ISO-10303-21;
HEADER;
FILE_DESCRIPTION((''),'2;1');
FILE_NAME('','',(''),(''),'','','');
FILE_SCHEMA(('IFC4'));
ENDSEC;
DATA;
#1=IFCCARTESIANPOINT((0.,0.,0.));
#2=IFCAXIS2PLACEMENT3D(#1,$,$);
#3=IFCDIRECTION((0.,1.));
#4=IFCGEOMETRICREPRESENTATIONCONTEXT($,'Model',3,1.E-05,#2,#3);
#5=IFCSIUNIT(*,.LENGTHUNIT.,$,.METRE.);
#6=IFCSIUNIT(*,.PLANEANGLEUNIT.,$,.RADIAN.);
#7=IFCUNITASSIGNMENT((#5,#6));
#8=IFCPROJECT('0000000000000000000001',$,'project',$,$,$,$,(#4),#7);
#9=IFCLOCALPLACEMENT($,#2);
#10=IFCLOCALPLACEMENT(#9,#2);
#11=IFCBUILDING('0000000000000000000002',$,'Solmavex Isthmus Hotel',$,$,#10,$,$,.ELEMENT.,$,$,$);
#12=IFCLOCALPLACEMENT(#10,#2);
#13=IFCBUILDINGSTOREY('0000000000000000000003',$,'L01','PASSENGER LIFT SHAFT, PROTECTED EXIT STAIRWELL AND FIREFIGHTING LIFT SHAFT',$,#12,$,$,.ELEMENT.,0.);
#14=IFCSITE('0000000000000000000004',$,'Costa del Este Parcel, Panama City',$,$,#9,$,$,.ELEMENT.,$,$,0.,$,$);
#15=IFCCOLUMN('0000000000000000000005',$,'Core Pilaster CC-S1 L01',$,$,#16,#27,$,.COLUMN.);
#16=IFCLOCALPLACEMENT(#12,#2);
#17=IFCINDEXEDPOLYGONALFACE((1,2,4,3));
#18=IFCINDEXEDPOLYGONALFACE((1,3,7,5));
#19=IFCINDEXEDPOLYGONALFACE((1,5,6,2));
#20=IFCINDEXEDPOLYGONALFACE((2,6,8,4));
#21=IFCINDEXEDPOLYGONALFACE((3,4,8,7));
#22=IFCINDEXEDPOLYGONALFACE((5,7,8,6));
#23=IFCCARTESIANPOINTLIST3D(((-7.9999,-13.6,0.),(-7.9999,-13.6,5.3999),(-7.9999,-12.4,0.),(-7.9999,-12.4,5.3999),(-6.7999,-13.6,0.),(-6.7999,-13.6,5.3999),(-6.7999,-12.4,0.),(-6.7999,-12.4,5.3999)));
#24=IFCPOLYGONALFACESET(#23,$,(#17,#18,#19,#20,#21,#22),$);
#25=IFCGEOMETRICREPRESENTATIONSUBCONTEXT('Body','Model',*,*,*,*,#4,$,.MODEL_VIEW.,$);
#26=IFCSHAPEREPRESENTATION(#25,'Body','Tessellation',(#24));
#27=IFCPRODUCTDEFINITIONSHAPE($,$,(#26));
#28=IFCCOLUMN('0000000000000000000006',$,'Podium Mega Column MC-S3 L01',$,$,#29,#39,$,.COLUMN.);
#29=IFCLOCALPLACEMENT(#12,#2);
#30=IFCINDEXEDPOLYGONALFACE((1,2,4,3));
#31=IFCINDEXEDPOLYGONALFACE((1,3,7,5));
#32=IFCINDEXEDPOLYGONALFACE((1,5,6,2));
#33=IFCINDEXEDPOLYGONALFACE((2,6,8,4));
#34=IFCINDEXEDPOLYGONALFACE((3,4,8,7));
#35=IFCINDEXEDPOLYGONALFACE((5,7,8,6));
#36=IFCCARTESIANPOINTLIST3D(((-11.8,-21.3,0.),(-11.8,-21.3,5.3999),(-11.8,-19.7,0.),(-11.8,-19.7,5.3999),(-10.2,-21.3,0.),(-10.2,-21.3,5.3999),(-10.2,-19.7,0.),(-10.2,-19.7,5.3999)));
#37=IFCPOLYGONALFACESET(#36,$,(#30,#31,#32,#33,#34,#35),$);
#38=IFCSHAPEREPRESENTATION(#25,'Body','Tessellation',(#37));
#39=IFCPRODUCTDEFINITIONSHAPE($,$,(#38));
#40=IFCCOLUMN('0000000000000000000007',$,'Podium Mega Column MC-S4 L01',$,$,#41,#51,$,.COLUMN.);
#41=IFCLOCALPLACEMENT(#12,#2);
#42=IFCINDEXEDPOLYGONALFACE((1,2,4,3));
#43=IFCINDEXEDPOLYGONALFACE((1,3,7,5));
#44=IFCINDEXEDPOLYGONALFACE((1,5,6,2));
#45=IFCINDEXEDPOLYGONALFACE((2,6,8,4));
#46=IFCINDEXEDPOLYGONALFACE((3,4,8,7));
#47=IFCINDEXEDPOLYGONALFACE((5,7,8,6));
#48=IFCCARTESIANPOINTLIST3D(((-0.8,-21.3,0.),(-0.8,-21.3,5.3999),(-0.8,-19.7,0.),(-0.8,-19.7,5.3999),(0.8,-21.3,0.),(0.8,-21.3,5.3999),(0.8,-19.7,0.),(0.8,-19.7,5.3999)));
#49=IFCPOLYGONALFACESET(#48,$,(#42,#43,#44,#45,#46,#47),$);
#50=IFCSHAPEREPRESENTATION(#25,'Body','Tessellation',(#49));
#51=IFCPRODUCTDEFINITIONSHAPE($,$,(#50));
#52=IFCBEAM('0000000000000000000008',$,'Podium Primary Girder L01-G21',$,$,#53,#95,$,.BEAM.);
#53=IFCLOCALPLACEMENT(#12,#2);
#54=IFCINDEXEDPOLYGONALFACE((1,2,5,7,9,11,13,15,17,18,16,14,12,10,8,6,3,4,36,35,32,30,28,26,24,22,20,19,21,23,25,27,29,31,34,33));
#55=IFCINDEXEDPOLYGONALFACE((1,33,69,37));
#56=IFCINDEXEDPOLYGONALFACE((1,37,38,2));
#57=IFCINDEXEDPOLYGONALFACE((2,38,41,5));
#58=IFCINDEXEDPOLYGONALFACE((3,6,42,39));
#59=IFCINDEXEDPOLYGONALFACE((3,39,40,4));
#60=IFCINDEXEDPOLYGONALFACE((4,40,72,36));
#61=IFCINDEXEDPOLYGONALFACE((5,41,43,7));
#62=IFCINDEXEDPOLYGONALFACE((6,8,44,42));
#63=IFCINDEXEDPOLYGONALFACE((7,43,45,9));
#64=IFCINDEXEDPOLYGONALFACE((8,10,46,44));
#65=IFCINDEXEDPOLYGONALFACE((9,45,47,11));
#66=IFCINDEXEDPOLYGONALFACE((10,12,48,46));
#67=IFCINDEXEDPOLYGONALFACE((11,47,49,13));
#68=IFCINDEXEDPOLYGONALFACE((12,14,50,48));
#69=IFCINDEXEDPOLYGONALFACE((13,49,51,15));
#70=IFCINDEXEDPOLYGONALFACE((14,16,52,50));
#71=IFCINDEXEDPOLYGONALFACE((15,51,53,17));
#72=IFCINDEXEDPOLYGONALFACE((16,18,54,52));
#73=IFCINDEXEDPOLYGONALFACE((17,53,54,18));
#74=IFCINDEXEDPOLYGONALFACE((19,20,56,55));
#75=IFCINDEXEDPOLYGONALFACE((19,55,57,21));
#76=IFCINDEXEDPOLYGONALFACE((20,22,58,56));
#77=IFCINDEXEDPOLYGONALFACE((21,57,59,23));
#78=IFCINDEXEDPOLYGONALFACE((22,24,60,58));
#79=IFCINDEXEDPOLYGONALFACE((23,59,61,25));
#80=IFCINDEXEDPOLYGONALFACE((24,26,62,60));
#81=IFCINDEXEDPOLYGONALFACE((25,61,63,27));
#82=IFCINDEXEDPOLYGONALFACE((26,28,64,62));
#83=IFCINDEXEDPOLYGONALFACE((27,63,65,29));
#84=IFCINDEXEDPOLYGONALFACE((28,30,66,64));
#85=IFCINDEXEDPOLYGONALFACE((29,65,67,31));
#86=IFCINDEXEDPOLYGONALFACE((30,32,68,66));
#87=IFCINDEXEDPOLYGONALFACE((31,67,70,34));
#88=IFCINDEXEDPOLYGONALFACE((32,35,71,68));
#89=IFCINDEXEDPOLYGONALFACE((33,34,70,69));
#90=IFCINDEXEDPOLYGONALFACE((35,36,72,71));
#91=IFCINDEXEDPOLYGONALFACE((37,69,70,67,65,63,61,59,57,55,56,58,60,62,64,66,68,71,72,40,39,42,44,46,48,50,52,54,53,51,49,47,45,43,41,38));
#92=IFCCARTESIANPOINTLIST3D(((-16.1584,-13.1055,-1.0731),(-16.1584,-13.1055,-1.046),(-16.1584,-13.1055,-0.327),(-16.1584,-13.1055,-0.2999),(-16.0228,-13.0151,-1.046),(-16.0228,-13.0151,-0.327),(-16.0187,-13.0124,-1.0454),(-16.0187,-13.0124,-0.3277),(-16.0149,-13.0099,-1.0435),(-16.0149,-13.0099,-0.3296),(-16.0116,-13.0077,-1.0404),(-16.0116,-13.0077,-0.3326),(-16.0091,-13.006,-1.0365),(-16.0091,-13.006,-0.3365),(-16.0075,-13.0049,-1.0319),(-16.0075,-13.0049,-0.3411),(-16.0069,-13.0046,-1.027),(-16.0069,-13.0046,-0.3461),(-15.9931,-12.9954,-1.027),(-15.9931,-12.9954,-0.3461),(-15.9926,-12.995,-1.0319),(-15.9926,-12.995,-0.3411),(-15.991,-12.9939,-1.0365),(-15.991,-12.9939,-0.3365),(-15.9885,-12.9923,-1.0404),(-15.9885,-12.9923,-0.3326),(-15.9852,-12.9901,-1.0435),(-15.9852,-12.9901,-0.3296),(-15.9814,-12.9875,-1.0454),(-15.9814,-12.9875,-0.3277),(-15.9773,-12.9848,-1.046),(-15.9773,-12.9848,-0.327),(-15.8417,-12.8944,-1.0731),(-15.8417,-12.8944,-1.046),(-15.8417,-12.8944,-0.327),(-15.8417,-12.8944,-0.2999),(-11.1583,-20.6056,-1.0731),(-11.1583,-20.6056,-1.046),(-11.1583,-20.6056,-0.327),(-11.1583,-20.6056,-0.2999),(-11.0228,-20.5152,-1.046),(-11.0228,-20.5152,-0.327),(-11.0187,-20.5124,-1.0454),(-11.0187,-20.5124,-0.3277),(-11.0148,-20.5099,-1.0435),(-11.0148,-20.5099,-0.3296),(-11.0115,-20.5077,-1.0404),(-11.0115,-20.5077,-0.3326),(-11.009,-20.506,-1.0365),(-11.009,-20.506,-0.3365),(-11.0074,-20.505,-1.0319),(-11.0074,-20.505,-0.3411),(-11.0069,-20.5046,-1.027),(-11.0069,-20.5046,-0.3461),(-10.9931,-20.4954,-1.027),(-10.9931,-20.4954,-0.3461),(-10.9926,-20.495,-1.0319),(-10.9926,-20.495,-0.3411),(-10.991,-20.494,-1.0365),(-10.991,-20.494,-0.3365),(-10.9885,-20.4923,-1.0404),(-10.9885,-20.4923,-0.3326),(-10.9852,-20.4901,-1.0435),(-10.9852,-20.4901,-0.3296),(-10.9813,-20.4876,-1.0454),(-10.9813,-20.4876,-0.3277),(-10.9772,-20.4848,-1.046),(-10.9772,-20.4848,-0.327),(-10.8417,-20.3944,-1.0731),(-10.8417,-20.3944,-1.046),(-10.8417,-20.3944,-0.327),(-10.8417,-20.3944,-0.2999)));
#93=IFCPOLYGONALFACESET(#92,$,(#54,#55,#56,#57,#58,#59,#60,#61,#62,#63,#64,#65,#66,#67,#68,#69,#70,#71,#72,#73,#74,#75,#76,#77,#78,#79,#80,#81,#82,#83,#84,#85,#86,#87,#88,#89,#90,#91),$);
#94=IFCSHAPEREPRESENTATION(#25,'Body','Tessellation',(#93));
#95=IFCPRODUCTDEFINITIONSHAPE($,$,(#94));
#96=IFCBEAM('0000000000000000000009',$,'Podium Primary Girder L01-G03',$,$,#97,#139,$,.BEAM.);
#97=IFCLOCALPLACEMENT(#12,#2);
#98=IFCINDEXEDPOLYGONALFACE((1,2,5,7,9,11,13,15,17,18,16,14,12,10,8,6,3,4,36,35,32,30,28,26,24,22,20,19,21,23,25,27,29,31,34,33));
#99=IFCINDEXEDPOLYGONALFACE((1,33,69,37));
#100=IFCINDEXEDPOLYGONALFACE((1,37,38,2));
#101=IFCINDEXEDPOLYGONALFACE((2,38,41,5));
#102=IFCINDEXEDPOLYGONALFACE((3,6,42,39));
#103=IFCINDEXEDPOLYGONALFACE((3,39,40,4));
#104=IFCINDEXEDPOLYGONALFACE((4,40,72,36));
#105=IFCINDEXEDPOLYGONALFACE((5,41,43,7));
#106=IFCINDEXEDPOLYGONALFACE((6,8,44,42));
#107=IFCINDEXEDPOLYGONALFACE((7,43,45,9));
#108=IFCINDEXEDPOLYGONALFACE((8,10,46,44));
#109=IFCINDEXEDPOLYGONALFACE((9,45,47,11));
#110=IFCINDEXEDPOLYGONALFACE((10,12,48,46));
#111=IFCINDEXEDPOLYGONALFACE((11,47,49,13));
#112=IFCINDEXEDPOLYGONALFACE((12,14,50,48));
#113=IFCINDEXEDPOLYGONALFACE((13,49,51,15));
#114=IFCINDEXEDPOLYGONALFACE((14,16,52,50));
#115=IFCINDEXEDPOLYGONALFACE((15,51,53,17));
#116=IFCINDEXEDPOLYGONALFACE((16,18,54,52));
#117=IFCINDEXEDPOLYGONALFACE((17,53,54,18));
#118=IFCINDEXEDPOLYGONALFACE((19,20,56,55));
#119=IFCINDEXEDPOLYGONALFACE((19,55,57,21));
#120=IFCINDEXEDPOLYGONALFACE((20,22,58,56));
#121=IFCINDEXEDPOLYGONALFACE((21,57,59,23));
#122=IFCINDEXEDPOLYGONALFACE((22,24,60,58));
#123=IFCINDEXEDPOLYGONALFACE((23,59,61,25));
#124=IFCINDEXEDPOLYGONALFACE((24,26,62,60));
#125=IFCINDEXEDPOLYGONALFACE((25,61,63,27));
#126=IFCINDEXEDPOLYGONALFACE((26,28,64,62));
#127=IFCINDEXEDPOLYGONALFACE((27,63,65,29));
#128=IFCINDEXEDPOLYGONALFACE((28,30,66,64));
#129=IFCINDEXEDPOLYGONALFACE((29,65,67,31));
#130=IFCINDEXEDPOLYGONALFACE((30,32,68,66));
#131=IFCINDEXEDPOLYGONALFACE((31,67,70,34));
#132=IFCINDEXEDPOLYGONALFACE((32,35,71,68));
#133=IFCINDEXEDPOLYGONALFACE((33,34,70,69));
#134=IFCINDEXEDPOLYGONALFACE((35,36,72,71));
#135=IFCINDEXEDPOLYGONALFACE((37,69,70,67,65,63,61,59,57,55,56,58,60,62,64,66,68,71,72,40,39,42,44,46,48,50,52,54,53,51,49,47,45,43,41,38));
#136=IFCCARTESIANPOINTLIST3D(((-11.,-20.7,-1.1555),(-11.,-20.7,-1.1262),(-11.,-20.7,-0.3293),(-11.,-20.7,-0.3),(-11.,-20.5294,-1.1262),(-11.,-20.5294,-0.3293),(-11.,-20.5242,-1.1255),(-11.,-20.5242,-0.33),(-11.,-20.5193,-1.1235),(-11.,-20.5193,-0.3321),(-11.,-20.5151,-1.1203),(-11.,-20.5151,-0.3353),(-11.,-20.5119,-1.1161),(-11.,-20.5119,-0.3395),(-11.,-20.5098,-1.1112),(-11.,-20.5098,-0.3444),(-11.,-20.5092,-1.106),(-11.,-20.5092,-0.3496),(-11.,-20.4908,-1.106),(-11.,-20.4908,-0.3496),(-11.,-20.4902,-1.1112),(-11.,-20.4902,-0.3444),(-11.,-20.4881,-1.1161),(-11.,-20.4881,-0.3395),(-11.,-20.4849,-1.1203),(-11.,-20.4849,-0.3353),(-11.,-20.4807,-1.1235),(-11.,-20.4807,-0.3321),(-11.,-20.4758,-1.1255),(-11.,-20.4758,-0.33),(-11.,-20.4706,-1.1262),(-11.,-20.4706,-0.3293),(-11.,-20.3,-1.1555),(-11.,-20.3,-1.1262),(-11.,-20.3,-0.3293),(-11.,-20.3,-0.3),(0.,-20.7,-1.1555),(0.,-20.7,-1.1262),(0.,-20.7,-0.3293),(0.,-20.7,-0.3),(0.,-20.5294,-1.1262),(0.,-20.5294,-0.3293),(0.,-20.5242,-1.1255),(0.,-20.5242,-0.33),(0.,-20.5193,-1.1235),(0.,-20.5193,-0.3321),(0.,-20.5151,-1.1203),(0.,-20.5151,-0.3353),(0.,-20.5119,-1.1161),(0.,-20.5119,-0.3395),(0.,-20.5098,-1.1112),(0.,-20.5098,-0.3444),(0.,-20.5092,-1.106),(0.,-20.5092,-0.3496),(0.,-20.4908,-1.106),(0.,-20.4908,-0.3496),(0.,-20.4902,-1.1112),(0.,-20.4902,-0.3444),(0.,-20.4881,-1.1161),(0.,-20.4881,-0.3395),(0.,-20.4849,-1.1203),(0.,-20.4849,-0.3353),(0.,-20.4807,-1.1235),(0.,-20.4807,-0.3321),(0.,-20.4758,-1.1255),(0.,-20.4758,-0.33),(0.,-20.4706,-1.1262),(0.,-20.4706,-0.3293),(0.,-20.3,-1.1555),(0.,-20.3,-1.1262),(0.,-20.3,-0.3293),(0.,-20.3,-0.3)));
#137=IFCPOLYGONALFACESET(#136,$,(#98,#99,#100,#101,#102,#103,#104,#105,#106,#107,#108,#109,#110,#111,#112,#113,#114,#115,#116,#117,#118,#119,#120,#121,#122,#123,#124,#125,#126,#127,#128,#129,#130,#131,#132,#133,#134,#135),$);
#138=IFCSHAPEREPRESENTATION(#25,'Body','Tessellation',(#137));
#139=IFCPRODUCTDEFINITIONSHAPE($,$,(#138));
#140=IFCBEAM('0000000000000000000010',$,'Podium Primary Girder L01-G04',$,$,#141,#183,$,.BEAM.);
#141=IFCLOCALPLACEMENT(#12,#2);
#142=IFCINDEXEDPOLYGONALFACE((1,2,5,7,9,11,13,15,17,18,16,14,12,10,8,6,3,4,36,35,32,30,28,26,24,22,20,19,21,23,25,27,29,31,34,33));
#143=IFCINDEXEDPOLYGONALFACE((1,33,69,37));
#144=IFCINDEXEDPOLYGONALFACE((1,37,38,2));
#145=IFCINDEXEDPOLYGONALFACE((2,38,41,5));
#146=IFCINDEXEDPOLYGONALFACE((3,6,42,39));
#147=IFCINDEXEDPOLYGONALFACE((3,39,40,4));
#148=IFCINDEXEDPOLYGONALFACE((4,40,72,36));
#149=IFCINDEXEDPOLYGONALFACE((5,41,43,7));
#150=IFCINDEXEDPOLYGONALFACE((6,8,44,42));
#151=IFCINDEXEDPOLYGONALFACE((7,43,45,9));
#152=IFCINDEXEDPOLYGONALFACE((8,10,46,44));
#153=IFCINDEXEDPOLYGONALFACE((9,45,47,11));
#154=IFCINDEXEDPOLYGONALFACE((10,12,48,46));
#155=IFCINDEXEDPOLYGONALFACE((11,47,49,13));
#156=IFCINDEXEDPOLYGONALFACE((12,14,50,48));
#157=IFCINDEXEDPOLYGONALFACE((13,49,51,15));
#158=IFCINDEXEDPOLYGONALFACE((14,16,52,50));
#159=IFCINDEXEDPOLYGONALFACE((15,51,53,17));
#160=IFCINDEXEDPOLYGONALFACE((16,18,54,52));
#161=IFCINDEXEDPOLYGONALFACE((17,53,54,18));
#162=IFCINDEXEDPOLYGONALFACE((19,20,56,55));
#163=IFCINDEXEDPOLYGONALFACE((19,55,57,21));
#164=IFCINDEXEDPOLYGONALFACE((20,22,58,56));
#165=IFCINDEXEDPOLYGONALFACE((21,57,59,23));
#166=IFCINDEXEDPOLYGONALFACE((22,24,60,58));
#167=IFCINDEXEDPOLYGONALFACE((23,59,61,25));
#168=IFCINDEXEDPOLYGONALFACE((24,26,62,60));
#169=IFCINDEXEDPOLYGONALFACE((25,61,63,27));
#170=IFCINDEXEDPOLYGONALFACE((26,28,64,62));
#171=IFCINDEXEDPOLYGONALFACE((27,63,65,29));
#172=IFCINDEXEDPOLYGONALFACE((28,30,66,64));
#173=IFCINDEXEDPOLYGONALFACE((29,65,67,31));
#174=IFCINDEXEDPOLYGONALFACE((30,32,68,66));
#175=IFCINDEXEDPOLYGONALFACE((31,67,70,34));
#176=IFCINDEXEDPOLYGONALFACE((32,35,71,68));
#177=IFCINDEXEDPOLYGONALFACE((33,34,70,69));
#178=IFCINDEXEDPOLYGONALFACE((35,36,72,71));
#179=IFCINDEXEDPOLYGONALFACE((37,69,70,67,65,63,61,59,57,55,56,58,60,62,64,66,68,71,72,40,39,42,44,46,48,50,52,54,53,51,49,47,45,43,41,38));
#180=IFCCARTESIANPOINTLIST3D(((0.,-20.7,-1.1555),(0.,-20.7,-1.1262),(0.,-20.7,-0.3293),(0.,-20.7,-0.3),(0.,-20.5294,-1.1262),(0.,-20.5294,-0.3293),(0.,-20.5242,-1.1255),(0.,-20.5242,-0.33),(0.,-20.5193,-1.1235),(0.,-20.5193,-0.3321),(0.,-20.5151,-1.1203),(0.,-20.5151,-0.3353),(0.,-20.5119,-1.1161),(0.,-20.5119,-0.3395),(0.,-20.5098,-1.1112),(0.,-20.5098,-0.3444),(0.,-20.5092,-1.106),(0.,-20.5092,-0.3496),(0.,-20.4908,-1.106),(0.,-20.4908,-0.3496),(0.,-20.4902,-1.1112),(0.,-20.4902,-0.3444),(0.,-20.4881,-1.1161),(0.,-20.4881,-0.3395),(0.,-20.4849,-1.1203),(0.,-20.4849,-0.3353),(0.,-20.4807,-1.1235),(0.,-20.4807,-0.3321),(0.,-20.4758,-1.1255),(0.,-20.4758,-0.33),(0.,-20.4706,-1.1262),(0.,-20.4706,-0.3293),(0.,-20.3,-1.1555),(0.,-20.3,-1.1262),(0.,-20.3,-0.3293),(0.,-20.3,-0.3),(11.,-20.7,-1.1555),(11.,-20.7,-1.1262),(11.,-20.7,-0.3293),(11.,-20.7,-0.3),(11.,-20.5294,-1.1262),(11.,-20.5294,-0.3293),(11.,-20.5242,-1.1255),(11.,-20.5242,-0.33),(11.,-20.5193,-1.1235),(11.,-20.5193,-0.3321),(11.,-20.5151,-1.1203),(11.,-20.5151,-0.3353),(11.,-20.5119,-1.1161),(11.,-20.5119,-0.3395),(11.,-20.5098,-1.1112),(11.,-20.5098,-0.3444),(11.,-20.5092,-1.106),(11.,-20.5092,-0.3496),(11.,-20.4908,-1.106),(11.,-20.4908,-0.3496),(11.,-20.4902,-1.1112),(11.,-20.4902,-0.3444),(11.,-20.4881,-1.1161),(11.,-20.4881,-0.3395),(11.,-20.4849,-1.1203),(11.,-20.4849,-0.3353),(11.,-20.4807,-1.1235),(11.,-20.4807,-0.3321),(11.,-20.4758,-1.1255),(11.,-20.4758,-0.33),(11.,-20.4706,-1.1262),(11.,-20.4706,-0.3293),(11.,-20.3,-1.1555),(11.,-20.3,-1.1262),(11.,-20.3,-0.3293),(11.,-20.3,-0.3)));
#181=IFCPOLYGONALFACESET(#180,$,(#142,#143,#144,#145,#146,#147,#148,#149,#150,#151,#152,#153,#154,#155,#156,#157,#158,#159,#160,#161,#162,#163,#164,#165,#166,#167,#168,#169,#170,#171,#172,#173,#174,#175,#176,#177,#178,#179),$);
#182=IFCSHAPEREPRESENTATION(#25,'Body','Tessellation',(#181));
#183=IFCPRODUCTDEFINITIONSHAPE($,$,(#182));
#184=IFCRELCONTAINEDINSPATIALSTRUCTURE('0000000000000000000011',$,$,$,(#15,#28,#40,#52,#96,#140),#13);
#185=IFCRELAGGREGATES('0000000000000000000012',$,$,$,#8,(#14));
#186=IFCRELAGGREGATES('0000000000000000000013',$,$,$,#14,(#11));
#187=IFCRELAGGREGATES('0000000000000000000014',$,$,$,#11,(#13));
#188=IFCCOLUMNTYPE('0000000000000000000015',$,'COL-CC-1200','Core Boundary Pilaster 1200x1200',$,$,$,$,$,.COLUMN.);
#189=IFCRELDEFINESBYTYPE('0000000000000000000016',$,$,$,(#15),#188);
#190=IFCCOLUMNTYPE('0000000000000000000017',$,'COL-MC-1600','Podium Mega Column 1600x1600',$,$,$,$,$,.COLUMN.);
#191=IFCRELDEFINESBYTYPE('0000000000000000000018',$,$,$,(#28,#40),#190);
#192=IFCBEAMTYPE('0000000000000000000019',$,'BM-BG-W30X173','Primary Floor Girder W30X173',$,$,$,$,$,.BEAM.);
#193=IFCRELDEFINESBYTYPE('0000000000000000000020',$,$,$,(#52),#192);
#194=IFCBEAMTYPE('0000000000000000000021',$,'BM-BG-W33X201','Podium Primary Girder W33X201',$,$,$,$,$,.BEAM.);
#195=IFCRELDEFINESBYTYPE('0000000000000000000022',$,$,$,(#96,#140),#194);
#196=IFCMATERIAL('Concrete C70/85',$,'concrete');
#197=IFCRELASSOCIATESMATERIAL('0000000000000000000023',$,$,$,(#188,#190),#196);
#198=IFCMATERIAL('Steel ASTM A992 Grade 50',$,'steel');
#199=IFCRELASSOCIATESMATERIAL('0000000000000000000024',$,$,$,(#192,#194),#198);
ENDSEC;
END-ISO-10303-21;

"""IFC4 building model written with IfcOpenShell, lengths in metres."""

from ifc_helpers import new_model, si_unit, direction, frame, origin, origin_2d, place, context, subcontext, project, spatial, rectangle, i_section, extrude, material, material_profile, profile_set, type_object, element, save


model = new_model("IFC4")

# Units and contexts
model_context = context("Model", 3, precision=1e-05, world=origin(), true_north=direction((0.0, 1.0)))
body_context = subcontext(model_context, "Body", "Model", "MODEL_VIEW")
ifc_project = project(units=[si_unit("LENGTHUNIT", "METRE"), si_unit("PLANEANGLEUNIT", "RADIAN")], contexts=[model_context])

# Site, building, storey
site_placement = place(None, origin())
site = spatial("IfcSite", under=ifc_project, at=site_placement, Name="Costa del Este Parcel, Panama City", CompositionType="ELEMENT", RefElevation=0.0)
building_placement = place(site_placement, origin())
building = spatial("IfcBuilding", under=site, at=building_placement, Name="Solmavex Isthmus Hotel", CompositionType="ELEMENT")
storey_placement = place(building_placement, origin())
storey = spatial("IfcBuildingStorey", under=building, at=storey_placement, Name="L01", Description="PASSENGER LIFT SHAFT, PROTECTED EXIT STAIRWELL AND FIREFIGHTING LIFT SHAFT", CompositionType="ELEMENT", Elevation=0.0)

# Columns
ifc_material_1 = material(Name="Concrete C70/85", Category="concrete")
ifc_material_profile_1 = material_profile(ifc_material_1, rectangle(XDim=1.2, YDim=1.2, at=origin_2d()), Name="RC1200X1200")
ifc_profile_set_1 = profile_set([ifc_material_profile_1], Name="Concrete C70/85")
column_type_1 = type_object("IfcColumnType", Name="COL-CC-1200", Description="Core Boundary Pilaster 1200x1200", PredefinedType="COLUMN", material=ifc_profile_set_1)
column_placement = place(storey_placement, frame((-7.3999, -13.0, 0.0), z_axis=(0.0, 0.0, 1.0), x_axis=(1.0, 0.0, 0.0)))
element("IfcColumn", 1, at=column_placement, inside=storey, type_object=column_type_1, Name="Core Pilaster CC-S1 L01", PredefinedType="COLUMN", context=body_context, shape_type="SweptSolid", body=[
    extrude(rectangle(XDim=1.2, YDim=1.2, at=origin_2d()), origin(), (0.0, 0.0, 1.0), 5.3999),
])
ifc_material_profile_2 = material_profile(ifc_material_1, rectangle(XDim=1.6001, YDim=1.6001, at=origin_2d()), Name="RC1600X1600")
ifc_profile_set_2 = profile_set([ifc_material_profile_2], Name="Concrete C70/85")
column_type_2 = type_object("IfcColumnType", Name="COL-MC-1600", Description="Podium Mega Column 1600x1600", PredefinedType="COLUMN", material=ifc_profile_set_2)
for number, where, z_axis, x_axis, name in (
    (2, (-11.0, -20.5, 0.0), (0.0, 0.0, 1.0), (1.0, 0.0, 0.0), "Podium Mega Column MC-S3 L01"),
    (3, (0.0, -20.5, 0.0), (0.0, 0.0, 1.0), (1.0, 0.0, 0.0), "Podium Mega Column MC-S4 L01"),
):
    element("IfcColumn", number, at=place(storey_placement, frame(where, z_axis=z_axis, x_axis=x_axis)), inside=storey, type_object=column_type_2, Name=name, PredefinedType="COLUMN", context=body_context, shape_type="SweptSolid", body=[
        extrude(rectangle(XDim=1.6001, YDim=1.6001, at=origin_2d()), origin(), (0.0, 0.0, 1.0), 5.3999),
    ])

# Beams
ifc_material_2 = material(Name="Steel ASTM A992 Grade 50", Category="steel")
ifc_material_profile_3 = material_profile(ifc_material_2, i_section(OverallWidth=0.3806, OverallDepth=0.7732, WebThickness=0.0166, FlangeThickness=0.0271, FilletRadius=0.019, at=origin_2d()), Name="W30X173")
ifc_profile_set_3 = profile_set([ifc_material_profile_3], Name="Steel ASTM A992 Grade 50")
beam_type_1 = type_object("IfcBeamType", Name="BM-BG-W30X173", Description="Primary Floor Girder W30X173", PredefinedType="BEAM", material=ifc_profile_set_3)
beam_1_placement = place(storey_placement, frame((-11.0, -20.5, -0.6865), z_axis=(-0.5547, 0.83205, 0.0), x_axis=(-0.83205, -0.5547, 0.0)))
element("IfcBeam", 4, at=beam_1_placement, inside=storey, type_object=beam_type_1, Name="Podium Primary Girder L01-G21", PredefinedType="BEAM", context=body_context, shape_type="SweptSolid", body=[
    extrude(i_section(OverallWidth=0.3806, OverallDepth=0.7732, WebThickness=0.0166, FlangeThickness=0.0271, FilletRadius=0.019, at=origin_2d()), origin(), (0.0, 0.0, 1.0), 9.0139),
])
ifc_material_profile_4 = material_profile(ifc_material_2, i_section(OverallWidth=0.3999, OverallDepth=0.8555, WebThickness=0.0183, FlangeThickness=0.0293, FilletRadius=0.0203, at=origin_2d()), Name="W33X201")
ifc_profile_set_4 = profile_set([ifc_material_profile_4], Name="Steel ASTM A992 Grade 50")
beam_type_2 = type_object("IfcBeamType", Name="BM-BG-W33X201", Description="Podium Primary Girder W33X201", PredefinedType="BEAM", material=ifc_profile_set_4)
for number, where, z_axis, x_axis, name in (
    (5, (-11.0, -20.5, -0.7278), (1.0, 0.0, 0.0), (0.0, 1.0, 0.0), "Podium Primary Girder L01-G03"),
    (6, (0.0, -20.5, -0.7278), (1.0, 0.0, 0.0), (0.0, 1.0, 0.0), "Podium Primary Girder L01-G04"),
):
    element("IfcBeam", number, at=place(storey_placement, frame(where, z_axis=z_axis, x_axis=x_axis)), inside=storey, type_object=beam_type_2, Name=name, PredefinedType="BEAM", context=body_context, shape_type="SweptSolid", body=[
        extrude(i_section(OverallWidth=0.3999, OverallDepth=0.8555, WebThickness=0.0183, FlangeThickness=0.0293, FilletRadius=0.0203, at=origin_2d()), origin(), (0.0, 0.0, 1.0), 11.0),
    ])

save(model, "model.ifc")
